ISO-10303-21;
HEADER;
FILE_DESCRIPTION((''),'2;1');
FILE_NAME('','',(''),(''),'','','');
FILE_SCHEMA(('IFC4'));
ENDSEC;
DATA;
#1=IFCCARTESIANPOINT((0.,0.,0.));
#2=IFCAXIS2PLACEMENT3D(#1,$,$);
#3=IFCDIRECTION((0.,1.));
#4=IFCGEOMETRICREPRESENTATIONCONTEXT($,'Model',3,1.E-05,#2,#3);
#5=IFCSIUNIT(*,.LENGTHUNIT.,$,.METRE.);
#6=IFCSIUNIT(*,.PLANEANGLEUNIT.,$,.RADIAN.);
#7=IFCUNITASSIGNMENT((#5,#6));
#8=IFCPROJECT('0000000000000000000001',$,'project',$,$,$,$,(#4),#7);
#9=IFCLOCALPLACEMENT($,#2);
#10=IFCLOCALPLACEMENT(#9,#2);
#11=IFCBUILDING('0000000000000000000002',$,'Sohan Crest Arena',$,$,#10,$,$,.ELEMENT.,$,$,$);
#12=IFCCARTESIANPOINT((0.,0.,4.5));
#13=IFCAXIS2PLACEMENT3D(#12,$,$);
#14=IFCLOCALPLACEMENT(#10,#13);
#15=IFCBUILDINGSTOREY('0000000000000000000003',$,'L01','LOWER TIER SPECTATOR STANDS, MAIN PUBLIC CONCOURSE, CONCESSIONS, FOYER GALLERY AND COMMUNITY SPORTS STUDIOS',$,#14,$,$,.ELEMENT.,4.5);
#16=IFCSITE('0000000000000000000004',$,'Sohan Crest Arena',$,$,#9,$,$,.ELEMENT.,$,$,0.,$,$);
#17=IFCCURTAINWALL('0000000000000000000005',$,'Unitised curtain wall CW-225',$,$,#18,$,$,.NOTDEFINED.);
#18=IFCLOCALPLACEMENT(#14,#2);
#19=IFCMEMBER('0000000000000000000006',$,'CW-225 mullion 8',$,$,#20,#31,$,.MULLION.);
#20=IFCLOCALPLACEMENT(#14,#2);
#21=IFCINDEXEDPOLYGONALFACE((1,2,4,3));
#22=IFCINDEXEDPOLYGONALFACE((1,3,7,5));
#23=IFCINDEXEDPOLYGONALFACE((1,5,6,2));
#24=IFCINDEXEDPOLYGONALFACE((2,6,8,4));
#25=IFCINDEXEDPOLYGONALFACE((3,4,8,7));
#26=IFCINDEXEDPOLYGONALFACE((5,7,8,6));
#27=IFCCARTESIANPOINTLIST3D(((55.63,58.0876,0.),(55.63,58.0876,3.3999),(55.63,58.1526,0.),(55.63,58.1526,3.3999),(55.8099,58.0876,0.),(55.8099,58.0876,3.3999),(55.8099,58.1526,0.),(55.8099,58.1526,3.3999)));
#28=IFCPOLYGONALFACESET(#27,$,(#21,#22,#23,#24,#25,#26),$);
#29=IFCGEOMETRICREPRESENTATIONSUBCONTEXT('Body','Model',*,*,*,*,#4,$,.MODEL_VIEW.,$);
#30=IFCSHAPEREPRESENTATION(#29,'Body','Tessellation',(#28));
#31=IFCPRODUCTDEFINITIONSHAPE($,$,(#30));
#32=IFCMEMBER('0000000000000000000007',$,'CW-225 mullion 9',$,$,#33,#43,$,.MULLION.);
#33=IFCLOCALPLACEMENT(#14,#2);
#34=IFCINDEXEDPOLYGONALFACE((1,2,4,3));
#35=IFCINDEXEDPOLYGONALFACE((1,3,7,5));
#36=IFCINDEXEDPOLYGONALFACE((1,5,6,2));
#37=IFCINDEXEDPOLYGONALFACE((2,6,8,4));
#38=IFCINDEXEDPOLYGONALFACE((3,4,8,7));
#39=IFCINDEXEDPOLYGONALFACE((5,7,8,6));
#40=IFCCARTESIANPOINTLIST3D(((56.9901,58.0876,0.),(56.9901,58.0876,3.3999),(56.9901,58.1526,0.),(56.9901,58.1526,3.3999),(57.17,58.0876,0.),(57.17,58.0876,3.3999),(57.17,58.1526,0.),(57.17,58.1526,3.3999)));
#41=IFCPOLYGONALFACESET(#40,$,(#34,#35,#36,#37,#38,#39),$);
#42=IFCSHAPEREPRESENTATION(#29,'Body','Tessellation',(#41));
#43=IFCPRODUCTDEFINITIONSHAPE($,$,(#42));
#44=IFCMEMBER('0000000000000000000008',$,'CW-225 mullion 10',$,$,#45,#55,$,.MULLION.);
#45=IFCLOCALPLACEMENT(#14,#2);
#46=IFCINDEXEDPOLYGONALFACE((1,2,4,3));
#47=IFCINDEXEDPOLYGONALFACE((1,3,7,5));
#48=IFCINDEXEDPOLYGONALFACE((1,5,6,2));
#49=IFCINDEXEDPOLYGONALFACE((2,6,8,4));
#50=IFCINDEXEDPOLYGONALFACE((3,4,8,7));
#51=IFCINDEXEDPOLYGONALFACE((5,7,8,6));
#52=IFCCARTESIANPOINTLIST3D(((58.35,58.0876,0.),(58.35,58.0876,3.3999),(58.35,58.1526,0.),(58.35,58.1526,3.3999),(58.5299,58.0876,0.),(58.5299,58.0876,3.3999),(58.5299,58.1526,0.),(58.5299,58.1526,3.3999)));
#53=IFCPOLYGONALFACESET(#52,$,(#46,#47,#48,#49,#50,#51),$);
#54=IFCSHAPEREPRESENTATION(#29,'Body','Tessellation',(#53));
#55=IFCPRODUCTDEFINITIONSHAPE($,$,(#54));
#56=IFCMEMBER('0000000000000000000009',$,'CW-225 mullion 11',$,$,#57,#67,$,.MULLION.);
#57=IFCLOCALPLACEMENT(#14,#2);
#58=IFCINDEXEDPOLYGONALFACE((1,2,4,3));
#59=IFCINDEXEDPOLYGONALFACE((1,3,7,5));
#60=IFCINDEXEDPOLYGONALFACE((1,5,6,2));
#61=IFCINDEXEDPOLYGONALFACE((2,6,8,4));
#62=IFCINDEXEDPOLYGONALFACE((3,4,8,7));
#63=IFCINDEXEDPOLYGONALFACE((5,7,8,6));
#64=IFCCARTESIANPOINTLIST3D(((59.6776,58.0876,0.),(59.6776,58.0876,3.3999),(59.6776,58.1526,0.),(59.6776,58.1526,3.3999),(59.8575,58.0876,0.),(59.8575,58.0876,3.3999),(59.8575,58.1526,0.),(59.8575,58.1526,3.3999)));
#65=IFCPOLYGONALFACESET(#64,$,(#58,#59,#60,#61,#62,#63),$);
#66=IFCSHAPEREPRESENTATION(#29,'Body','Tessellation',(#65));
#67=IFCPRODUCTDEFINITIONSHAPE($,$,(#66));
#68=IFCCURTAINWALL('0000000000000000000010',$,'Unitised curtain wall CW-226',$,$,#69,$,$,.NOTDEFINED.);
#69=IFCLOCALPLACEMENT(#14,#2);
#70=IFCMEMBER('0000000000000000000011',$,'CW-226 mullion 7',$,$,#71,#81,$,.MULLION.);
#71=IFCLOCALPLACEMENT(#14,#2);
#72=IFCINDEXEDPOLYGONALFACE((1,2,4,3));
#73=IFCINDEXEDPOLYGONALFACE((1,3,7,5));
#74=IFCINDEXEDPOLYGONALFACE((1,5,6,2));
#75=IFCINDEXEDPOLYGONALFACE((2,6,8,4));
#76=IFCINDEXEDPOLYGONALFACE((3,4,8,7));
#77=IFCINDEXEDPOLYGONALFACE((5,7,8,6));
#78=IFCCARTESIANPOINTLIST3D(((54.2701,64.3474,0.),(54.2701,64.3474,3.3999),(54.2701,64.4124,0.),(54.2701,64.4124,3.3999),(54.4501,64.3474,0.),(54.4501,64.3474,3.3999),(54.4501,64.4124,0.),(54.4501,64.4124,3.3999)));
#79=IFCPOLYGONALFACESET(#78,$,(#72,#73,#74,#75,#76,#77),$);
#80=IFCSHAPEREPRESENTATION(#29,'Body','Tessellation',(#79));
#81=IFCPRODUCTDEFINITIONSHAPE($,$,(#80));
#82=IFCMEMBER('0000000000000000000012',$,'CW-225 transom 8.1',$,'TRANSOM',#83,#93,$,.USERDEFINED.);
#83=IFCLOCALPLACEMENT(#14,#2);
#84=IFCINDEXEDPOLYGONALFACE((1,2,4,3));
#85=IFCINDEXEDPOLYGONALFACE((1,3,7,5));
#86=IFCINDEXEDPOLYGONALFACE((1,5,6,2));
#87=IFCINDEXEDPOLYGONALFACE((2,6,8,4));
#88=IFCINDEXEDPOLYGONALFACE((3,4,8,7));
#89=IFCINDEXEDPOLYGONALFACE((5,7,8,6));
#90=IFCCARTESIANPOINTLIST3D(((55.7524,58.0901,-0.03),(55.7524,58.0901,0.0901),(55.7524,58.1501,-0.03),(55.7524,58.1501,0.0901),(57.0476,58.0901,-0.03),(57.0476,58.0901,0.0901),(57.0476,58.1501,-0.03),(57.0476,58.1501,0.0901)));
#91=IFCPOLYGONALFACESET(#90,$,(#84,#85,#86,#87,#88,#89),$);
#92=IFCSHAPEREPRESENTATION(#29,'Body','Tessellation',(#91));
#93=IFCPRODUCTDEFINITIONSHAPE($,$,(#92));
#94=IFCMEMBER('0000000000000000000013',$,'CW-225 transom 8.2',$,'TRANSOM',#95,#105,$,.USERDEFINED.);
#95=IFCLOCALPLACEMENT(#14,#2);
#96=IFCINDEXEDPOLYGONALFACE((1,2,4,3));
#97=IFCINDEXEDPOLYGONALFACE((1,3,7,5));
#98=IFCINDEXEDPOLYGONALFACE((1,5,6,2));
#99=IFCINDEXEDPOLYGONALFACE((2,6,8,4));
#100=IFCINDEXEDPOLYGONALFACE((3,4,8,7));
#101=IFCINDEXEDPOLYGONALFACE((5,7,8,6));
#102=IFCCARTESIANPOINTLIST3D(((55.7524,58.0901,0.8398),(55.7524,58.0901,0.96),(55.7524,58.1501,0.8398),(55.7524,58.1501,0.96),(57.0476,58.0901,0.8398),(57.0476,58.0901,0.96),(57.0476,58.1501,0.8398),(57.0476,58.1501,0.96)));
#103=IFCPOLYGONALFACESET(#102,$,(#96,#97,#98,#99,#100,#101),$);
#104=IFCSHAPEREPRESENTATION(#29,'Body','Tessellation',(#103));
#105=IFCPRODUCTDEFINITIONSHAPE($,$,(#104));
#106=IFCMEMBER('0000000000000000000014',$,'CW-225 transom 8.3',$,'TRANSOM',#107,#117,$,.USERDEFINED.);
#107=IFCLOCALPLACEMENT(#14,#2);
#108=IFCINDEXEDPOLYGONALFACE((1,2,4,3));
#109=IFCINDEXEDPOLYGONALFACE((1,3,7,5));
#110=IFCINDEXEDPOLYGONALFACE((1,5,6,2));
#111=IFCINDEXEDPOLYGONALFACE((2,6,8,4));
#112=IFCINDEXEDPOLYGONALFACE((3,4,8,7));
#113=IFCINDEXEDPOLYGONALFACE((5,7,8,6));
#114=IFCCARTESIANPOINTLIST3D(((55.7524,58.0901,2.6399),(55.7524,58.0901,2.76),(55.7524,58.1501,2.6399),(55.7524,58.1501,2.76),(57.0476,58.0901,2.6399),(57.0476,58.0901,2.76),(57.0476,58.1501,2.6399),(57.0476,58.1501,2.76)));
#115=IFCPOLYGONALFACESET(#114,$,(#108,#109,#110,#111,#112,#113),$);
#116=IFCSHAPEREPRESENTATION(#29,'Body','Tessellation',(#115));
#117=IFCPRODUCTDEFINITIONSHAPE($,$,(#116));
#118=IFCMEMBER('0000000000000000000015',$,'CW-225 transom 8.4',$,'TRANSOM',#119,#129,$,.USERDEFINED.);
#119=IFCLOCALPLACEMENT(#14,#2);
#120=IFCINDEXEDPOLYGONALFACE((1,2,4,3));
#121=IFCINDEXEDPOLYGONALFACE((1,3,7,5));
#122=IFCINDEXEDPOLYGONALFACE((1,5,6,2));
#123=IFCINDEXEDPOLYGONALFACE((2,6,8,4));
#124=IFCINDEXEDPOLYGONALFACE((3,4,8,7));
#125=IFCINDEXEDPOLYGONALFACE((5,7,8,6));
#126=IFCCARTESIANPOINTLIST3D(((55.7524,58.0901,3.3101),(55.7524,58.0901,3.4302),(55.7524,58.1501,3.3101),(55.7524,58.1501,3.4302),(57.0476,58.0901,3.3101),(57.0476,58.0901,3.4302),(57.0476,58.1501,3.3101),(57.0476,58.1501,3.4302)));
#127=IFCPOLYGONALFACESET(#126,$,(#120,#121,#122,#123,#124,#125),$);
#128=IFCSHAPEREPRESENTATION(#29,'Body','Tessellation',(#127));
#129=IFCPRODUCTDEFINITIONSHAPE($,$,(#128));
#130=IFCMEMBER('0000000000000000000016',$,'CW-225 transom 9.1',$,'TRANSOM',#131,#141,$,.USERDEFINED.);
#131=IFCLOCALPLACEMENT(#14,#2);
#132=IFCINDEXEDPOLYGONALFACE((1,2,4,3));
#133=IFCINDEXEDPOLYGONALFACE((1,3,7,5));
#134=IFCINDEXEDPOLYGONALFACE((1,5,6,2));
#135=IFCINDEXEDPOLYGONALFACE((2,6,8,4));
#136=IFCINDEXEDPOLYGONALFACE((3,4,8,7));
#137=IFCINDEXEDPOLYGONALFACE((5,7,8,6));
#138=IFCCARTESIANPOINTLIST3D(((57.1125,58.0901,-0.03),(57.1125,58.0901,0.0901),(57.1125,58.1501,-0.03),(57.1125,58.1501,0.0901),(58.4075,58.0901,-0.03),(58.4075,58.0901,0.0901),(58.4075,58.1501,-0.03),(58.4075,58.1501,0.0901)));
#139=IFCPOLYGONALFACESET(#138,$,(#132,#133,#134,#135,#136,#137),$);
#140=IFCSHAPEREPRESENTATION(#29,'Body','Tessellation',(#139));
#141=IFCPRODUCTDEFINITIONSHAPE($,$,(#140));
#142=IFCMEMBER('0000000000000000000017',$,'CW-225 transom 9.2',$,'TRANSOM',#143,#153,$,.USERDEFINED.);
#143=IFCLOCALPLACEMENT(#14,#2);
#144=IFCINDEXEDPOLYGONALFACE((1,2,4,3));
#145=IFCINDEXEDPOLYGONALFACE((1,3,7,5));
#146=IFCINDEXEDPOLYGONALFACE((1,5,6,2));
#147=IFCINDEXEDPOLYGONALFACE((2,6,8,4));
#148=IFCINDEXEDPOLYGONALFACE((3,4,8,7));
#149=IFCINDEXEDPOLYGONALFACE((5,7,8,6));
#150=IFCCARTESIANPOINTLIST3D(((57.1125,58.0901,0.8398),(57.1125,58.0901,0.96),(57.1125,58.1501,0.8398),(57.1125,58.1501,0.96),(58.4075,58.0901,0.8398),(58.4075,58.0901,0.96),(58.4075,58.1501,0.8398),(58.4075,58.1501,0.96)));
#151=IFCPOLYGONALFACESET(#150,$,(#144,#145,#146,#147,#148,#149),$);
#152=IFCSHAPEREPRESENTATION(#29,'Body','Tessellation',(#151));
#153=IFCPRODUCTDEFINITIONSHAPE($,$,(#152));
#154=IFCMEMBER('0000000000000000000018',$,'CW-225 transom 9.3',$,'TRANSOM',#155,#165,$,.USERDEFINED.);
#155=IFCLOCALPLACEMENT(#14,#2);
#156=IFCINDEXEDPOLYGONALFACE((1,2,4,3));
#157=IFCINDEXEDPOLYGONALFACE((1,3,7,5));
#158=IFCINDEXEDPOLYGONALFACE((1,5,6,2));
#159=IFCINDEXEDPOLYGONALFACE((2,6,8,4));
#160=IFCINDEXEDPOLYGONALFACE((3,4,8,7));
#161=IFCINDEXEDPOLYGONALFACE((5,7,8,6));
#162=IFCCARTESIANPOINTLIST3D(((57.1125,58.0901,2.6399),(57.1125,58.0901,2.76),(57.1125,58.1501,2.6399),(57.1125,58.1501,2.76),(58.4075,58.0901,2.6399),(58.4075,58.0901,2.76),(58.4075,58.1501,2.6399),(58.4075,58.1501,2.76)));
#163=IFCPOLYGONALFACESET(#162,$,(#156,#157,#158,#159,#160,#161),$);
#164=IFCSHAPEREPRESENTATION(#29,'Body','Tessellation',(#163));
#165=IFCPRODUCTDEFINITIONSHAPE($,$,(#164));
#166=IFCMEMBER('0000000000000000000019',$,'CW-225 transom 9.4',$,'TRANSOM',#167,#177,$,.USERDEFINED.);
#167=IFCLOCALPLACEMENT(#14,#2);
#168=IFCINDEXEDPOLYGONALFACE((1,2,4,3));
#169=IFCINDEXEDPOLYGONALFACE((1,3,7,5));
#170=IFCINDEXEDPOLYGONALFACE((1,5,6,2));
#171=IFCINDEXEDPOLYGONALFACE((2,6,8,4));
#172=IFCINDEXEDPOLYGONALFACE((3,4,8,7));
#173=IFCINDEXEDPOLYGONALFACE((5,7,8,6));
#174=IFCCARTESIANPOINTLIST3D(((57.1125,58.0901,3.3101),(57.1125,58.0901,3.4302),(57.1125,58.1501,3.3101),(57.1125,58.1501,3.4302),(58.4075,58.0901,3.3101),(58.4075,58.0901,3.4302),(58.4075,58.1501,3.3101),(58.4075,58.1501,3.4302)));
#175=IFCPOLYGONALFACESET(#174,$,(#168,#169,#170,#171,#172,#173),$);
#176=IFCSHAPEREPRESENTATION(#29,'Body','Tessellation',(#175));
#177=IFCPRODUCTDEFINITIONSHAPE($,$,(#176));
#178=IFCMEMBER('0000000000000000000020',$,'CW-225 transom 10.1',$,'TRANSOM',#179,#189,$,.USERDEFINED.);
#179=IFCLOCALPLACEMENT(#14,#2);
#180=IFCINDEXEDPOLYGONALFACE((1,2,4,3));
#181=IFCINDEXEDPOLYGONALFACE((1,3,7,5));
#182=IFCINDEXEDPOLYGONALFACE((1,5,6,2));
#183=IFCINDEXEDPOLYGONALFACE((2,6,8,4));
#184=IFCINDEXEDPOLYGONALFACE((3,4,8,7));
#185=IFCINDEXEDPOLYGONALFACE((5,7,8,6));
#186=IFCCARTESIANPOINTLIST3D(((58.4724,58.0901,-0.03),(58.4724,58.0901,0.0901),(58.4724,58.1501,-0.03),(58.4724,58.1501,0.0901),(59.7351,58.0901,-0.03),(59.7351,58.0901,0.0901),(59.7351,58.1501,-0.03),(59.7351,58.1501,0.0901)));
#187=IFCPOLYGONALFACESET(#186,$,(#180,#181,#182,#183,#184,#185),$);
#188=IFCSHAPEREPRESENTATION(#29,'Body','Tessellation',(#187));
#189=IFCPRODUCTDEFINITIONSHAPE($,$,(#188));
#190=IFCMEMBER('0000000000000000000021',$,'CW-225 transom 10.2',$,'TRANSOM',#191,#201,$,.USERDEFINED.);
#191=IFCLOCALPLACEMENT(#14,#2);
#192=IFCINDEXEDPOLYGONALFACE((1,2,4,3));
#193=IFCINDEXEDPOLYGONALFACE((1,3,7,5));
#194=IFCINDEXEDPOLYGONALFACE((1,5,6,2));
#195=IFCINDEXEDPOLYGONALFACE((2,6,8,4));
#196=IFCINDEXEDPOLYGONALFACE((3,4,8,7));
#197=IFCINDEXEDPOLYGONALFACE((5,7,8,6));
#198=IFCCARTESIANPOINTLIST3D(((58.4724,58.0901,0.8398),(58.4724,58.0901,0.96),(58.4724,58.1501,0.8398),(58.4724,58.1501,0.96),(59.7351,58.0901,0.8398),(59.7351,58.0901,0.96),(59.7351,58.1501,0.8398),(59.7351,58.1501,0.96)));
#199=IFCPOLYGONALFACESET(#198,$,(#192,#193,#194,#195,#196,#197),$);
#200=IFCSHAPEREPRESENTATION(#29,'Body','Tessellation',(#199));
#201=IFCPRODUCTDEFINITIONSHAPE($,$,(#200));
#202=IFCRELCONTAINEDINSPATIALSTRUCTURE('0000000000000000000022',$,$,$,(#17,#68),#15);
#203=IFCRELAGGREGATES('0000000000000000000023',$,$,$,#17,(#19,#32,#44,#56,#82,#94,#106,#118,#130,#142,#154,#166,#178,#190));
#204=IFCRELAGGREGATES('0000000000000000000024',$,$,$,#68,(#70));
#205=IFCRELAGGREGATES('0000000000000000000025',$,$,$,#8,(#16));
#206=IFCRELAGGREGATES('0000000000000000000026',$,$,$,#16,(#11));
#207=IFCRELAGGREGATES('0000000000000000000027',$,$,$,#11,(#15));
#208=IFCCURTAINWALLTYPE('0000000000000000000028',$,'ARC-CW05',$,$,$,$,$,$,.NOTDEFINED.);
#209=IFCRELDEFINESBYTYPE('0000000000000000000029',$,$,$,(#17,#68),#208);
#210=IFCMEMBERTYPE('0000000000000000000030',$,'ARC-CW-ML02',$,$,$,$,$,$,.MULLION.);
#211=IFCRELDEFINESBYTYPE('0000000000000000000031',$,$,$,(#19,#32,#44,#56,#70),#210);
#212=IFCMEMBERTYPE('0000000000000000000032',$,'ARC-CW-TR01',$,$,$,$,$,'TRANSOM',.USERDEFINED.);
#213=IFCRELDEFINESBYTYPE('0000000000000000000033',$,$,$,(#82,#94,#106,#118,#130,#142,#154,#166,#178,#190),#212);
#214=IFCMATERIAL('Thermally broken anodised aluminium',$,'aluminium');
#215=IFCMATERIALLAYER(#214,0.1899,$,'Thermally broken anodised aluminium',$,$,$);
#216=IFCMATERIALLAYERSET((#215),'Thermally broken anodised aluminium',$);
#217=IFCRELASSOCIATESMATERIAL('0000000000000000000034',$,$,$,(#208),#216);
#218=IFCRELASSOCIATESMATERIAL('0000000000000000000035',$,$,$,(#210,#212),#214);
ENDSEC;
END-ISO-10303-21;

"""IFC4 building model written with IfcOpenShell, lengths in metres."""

from ifc_helpers import new_model, si_unit, direction, frame, origin, origin_2d, place, context, subcontext, project, spatial, rectangle, extrude, material, layer, layer_set, material_profile, profile_set, type_object, element, aggregate, save


model = new_model("IFC4")

# Units and contexts
model_context = context("Model", 3, precision=1e-05, world=origin(), true_north=direction((0.0, 1.0)))
body_context = subcontext(model_context, "Body", "Model", "MODEL_VIEW")
ifc_project = project(units=[si_unit("LENGTHUNIT", "METRE"), si_unit("PLANEANGLEUNIT", "RADIAN")], contexts=[model_context])

# Site, building, storey
site_placement = place(None, origin())
site = spatial("IfcSite", under=ifc_project, at=site_placement, Name="Sohan Crest Arena", CompositionType="ELEMENT", RefElevation=0.0)
building_placement = place(site_placement, origin())
building = spatial("IfcBuilding", under=site, at=building_placement, Name="Sohan Crest Arena", CompositionType="ELEMENT")
storey_placement = place(building_placement, frame((0.0, 0.0, 4.5)))
storey = spatial("IfcBuildingStorey", under=building, at=storey_placement, Name="L01", Description="LOWER TIER SPECTATOR STANDS, MAIN PUBLIC CONCOURSE, CONCESSIONS, FOYER GALLERY AND COMMUNITY SPORTS STUDIOS", CompositionType="ELEMENT", Elevation=4.5)

# Curtain wall, members
ifc_material_1 = material(Name="Thermally broken anodised aluminium", Category="aluminium")
ifc_layer_1 = layer(ifc_material_1, 0.1899, Name="Thermally broken anodised aluminium")
ifc_layer_set_1 = layer_set([ifc_layer_1], Name="Thermally broken anodised aluminium")
curtain_wall_type = type_object("IfcCurtainWallType", Name="ARC-CW05", PredefinedType="NOTDEFINED", material=ifc_layer_set_1)
curtain_wall_1_placement = place(storey_placement, origin())
curtain_wall_1 = element("IfcCurtainWall", 1, at=curtain_wall_1_placement, inside=storey, type_object=curtain_wall_type, Name="Unitised curtain wall CW-225", PredefinedType="NOTDEFINED")
ifc_material_profile_1 = material_profile(ifc_material_1, rectangle(XDim=0.0649, YDim=0.1799, at=origin_2d()), Name="ALU-MULL 65x180")
ifc_profile_set_1 = profile_set([ifc_material_profile_1], Name="Thermally broken anodised aluminium")
member_type_1 = type_object("IfcMemberType", Name="ARC-CW-ML02", PredefinedType="MULLION", material=ifc_profile_set_1)
member_1_placement = place(storey_placement, frame((55.72, 58.1201, 0.0), z_axis=(0.0, 0.0, 1.0), x_axis=(0.0, 1.0, 0.0)))
member_1 = element("IfcMember", 2, at=member_1_placement, type_object=member_type_1, Name="CW-225 mullion 8", PredefinedType="MULLION", context=body_context, shape_type="SweptSolid", body=[
    extrude(rectangle(XDim=0.0649, YDim=0.1799, at=origin_2d()), origin(), (0.0, 0.0, 1.0), 3.3999),
])
member_2_placement = place(storey_placement, frame((57.0801, 58.1201, 0.0), z_axis=(0.0, 0.0, 1.0), x_axis=(0.0, 1.0, 0.0)))
member_2 = element("IfcMember", 3, at=member_2_placement, type_object=member_type_1, Name="CW-225 mullion 9", PredefinedType="MULLION", context=body_context, shape_type="SweptSolid", body=[
    extrude(rectangle(XDim=0.0649, YDim=0.1799, at=origin_2d()), origin(), (0.0, 0.0, 1.0), 3.3999),
])
member_3_placement = place(storey_placement, frame((58.4399, 58.1201, 0.0), z_axis=(0.0, 0.0, 1.0), x_axis=(0.0, 1.0, 0.0)))
member_3 = element("IfcMember", 4, at=member_3_placement, type_object=member_type_1, Name="CW-225 mullion 10", PredefinedType="MULLION", context=body_context, shape_type="SweptSolid", body=[
    extrude(rectangle(XDim=0.0649, YDim=0.1799, at=origin_2d()), origin(), (0.0, 0.0, 1.0), 3.3999),
])
member_4_placement = place(storey_placement, frame((59.7676, 58.1201, 0.0), z_axis=(0.0, 0.0, 1.0), x_axis=(0.0, 1.0, 0.0)))
member_4 = element("IfcMember", 5, at=member_4_placement, type_object=member_type_1, Name="CW-225 mullion 11", PredefinedType="MULLION", context=body_context, shape_type="SweptSolid", body=[
    extrude(rectangle(XDim=0.0649, YDim=0.1799, at=origin_2d()), origin(), (0.0, 0.0, 1.0), 3.3999),
])

# Curtain wall, member
curtain_wall_2_placement = place(storey_placement, origin())
curtain_wall_2 = element("IfcCurtainWall", 6, at=curtain_wall_2_placement, inside=storey, type_object=curtain_wall_type, Name="Unitised curtain wall CW-226", PredefinedType="NOTDEFINED")
member_5_placement = place(storey_placement, frame((54.3601, 64.3799, 0.0), z_axis=(0.0, 0.0, 1.0), x_axis=(0.0, 1.0, 0.0)))
member_5 = element("IfcMember", 7, at=member_5_placement, type_object=member_type_1, Name="CW-226 mullion 7", PredefinedType="MULLION", context=body_context, shape_type="SweptSolid", body=[
    extrude(rectangle(XDim=0.0649, YDim=0.1799, at=origin_2d()), origin(), (0.0, 0.0, 1.0), 3.3999),
])

# Members
ifc_material_profile_2 = material_profile(ifc_material_1, rectangle(XDim=0.0601, YDim=0.1201, at=origin_2d()), Name="ALU-TRAN 60x120")
ifc_profile_set_2 = profile_set([ifc_material_profile_2], Name="Thermally broken anodised aluminium")
member_type_2 = type_object("IfcMemberType", Name="ARC-CW-TR01", ElementType="TRANSOM", PredefinedType="USERDEFINED", material=ifc_profile_set_2)
member_6_placement = place(storey_placement, frame((55.7524, 58.1201, 0.03), z_axis=(1.0, 0.0, 0.0), x_axis=(0.0, 1.0, 0.0)))
member_6 = element("IfcMember", 8, at=member_6_placement, type_object=member_type_2, Name="CW-225 transom 8.1", ObjectType="TRANSOM", PredefinedType="USERDEFINED", context=body_context, shape_type="SweptSolid", body=[
    extrude(rectangle(XDim=0.0601, YDim=0.1201, at=origin_2d()), origin(), (0.0, 0.0, 1.0), 1.2952),
])
member_7_placement = place(storey_placement, frame((55.7524, 58.1201, 0.8999), z_axis=(1.0, 0.0, 0.0), x_axis=(0.0, 1.0, 0.0)))
member_7 = element("IfcMember", 9, at=member_7_placement, type_object=member_type_2, Name="CW-225 transom 8.2", ObjectType="TRANSOM", PredefinedType="USERDEFINED", context=body_context, shape_type="SweptSolid", body=[
    extrude(rectangle(XDim=0.0601, YDim=0.1201, at=origin_2d()), origin(), (0.0, 0.0, 1.0), 1.2952),
])
member_8_placement = place(storey_placement, frame((55.7524, 58.1201, 2.7), z_axis=(1.0, 0.0, 0.0), x_axis=(0.0, 1.0, 0.0)))
member_8 = element("IfcMember", 10, at=member_8_placement, type_object=member_type_2, Name="CW-225 transom 8.3", ObjectType="TRANSOM", PredefinedType="USERDEFINED", context=body_context, shape_type="SweptSolid", body=[
    extrude(rectangle(XDim=0.0601, YDim=0.1201, at=origin_2d()), origin(), (0.0, 0.0, 1.0), 1.2952),
])
member_9_placement = place(storey_placement, frame((55.7524, 58.1201, 3.3701), z_axis=(1.0, 0.0, 0.0), x_axis=(0.0, 1.0, 0.0)))
member_9 = element("IfcMember", 11, at=member_9_placement, type_object=member_type_2, Name="CW-225 transom 8.4", ObjectType="TRANSOM", PredefinedType="USERDEFINED", context=body_context, shape_type="SweptSolid", body=[
    extrude(rectangle(XDim=0.0601, YDim=0.1201, at=origin_2d()), origin(), (0.0, 0.0, 1.0), 1.2952),
])
member_10_placement = place(storey_placement, frame((57.1125, 58.1201, 0.03), z_axis=(1.0, 0.0, 0.0), x_axis=(0.0, 1.0, 0.0)))
member_10 = element("IfcMember", 12, at=member_10_placement, type_object=member_type_2, Name="CW-225 transom 9.1", ObjectType="TRANSOM", PredefinedType="USERDEFINED", context=body_context, shape_type="SweptSolid", body=[
    extrude(rectangle(XDim=0.0601, YDim=0.1201, at=origin_2d()), origin(), (0.0, 0.0, 1.0), 1.2949),
])
member_11_placement = place(storey_placement, frame((57.1125, 58.1201, 0.8999), z_axis=(1.0, 0.0, 0.0), x_axis=(0.0, 1.0, 0.0)))
member_11 = element("IfcMember", 13, at=member_11_placement, type_object=member_type_2, Name="CW-225 transom 9.2", ObjectType="TRANSOM", PredefinedType="USERDEFINED", context=body_context, shape_type="SweptSolid", body=[
    extrude(rectangle(XDim=0.0601, YDim=0.1201, at=origin_2d()), origin(), (0.0, 0.0, 1.0), 1.2949),
])
member_12_placement = place(storey_placement, frame((57.1125, 58.1201, 2.7), z_axis=(1.0, 0.0, 0.0), x_axis=(0.0, 1.0, 0.0)))
member_12 = element("IfcMember", 14, at=member_12_placement, type_object=member_type_2, Name="CW-225 transom 9.3", ObjectType="TRANSOM", PredefinedType="USERDEFINED", context=body_context, shape_type="SweptSolid", body=[
    extrude(rectangle(XDim=0.0601, YDim=0.1201, at=origin_2d()), origin(), (0.0, 0.0, 1.0), 1.2949),
])
member_13_placement = place(storey_placement, frame((57.1125, 58.1201, 3.3701), z_axis=(1.0, 0.0, 0.0), x_axis=(0.0, 1.0, 0.0)))
member_13 = element("IfcMember", 15, at=member_13_placement, type_object=member_type_2, Name="CW-225 transom 9.4", ObjectType="TRANSOM", PredefinedType="USERDEFINED", context=body_context, shape_type="SweptSolid", body=[
    extrude(rectangle(XDim=0.0601, YDim=0.1201, at=origin_2d()), origin(), (0.0, 0.0, 1.0), 1.2949),
])
member_14_placement = place(storey_placement, frame((58.4724, 58.1201, 0.03), z_axis=(1.0, 0.0, 0.0), x_axis=(0.0, 1.0, 0.0)))
member_14 = element("IfcMember", 16, at=member_14_placement, type_object=member_type_2, Name="CW-225 transom 10.1", ObjectType="TRANSOM", PredefinedType="USERDEFINED", context=body_context, shape_type="SweptSolid", body=[
    extrude(rectangle(XDim=0.0601, YDim=0.1201, at=origin_2d()), origin(), (0.0, 0.0, 1.0), 1.2627),
])
member_15_placement = place(storey_placement, frame((58.4724, 58.1201, 0.8999), z_axis=(1.0, 0.0, 0.0), x_axis=(0.0, 1.0, 0.0)))
member_15 = element("IfcMember", 17, at=member_15_placement, type_object=member_type_2, Name="CW-225 transom 10.2", ObjectType="TRANSOM", PredefinedType="USERDEFINED", context=body_context, shape_type="SweptSolid", body=[
    extrude(rectangle(XDim=0.0601, YDim=0.1201, at=origin_2d()), origin(), (0.0, 0.0, 1.0), 1.2627),
])

aggregate(curtain_wall_1, [member_1, member_2, member_3, member_4, member_6, member_7, member_8, member_9, member_10, member_11, member_12, member_13, member_14, member_15])
aggregate(curtain_wall_2, [member_5])

save(model, "model.ifc")
